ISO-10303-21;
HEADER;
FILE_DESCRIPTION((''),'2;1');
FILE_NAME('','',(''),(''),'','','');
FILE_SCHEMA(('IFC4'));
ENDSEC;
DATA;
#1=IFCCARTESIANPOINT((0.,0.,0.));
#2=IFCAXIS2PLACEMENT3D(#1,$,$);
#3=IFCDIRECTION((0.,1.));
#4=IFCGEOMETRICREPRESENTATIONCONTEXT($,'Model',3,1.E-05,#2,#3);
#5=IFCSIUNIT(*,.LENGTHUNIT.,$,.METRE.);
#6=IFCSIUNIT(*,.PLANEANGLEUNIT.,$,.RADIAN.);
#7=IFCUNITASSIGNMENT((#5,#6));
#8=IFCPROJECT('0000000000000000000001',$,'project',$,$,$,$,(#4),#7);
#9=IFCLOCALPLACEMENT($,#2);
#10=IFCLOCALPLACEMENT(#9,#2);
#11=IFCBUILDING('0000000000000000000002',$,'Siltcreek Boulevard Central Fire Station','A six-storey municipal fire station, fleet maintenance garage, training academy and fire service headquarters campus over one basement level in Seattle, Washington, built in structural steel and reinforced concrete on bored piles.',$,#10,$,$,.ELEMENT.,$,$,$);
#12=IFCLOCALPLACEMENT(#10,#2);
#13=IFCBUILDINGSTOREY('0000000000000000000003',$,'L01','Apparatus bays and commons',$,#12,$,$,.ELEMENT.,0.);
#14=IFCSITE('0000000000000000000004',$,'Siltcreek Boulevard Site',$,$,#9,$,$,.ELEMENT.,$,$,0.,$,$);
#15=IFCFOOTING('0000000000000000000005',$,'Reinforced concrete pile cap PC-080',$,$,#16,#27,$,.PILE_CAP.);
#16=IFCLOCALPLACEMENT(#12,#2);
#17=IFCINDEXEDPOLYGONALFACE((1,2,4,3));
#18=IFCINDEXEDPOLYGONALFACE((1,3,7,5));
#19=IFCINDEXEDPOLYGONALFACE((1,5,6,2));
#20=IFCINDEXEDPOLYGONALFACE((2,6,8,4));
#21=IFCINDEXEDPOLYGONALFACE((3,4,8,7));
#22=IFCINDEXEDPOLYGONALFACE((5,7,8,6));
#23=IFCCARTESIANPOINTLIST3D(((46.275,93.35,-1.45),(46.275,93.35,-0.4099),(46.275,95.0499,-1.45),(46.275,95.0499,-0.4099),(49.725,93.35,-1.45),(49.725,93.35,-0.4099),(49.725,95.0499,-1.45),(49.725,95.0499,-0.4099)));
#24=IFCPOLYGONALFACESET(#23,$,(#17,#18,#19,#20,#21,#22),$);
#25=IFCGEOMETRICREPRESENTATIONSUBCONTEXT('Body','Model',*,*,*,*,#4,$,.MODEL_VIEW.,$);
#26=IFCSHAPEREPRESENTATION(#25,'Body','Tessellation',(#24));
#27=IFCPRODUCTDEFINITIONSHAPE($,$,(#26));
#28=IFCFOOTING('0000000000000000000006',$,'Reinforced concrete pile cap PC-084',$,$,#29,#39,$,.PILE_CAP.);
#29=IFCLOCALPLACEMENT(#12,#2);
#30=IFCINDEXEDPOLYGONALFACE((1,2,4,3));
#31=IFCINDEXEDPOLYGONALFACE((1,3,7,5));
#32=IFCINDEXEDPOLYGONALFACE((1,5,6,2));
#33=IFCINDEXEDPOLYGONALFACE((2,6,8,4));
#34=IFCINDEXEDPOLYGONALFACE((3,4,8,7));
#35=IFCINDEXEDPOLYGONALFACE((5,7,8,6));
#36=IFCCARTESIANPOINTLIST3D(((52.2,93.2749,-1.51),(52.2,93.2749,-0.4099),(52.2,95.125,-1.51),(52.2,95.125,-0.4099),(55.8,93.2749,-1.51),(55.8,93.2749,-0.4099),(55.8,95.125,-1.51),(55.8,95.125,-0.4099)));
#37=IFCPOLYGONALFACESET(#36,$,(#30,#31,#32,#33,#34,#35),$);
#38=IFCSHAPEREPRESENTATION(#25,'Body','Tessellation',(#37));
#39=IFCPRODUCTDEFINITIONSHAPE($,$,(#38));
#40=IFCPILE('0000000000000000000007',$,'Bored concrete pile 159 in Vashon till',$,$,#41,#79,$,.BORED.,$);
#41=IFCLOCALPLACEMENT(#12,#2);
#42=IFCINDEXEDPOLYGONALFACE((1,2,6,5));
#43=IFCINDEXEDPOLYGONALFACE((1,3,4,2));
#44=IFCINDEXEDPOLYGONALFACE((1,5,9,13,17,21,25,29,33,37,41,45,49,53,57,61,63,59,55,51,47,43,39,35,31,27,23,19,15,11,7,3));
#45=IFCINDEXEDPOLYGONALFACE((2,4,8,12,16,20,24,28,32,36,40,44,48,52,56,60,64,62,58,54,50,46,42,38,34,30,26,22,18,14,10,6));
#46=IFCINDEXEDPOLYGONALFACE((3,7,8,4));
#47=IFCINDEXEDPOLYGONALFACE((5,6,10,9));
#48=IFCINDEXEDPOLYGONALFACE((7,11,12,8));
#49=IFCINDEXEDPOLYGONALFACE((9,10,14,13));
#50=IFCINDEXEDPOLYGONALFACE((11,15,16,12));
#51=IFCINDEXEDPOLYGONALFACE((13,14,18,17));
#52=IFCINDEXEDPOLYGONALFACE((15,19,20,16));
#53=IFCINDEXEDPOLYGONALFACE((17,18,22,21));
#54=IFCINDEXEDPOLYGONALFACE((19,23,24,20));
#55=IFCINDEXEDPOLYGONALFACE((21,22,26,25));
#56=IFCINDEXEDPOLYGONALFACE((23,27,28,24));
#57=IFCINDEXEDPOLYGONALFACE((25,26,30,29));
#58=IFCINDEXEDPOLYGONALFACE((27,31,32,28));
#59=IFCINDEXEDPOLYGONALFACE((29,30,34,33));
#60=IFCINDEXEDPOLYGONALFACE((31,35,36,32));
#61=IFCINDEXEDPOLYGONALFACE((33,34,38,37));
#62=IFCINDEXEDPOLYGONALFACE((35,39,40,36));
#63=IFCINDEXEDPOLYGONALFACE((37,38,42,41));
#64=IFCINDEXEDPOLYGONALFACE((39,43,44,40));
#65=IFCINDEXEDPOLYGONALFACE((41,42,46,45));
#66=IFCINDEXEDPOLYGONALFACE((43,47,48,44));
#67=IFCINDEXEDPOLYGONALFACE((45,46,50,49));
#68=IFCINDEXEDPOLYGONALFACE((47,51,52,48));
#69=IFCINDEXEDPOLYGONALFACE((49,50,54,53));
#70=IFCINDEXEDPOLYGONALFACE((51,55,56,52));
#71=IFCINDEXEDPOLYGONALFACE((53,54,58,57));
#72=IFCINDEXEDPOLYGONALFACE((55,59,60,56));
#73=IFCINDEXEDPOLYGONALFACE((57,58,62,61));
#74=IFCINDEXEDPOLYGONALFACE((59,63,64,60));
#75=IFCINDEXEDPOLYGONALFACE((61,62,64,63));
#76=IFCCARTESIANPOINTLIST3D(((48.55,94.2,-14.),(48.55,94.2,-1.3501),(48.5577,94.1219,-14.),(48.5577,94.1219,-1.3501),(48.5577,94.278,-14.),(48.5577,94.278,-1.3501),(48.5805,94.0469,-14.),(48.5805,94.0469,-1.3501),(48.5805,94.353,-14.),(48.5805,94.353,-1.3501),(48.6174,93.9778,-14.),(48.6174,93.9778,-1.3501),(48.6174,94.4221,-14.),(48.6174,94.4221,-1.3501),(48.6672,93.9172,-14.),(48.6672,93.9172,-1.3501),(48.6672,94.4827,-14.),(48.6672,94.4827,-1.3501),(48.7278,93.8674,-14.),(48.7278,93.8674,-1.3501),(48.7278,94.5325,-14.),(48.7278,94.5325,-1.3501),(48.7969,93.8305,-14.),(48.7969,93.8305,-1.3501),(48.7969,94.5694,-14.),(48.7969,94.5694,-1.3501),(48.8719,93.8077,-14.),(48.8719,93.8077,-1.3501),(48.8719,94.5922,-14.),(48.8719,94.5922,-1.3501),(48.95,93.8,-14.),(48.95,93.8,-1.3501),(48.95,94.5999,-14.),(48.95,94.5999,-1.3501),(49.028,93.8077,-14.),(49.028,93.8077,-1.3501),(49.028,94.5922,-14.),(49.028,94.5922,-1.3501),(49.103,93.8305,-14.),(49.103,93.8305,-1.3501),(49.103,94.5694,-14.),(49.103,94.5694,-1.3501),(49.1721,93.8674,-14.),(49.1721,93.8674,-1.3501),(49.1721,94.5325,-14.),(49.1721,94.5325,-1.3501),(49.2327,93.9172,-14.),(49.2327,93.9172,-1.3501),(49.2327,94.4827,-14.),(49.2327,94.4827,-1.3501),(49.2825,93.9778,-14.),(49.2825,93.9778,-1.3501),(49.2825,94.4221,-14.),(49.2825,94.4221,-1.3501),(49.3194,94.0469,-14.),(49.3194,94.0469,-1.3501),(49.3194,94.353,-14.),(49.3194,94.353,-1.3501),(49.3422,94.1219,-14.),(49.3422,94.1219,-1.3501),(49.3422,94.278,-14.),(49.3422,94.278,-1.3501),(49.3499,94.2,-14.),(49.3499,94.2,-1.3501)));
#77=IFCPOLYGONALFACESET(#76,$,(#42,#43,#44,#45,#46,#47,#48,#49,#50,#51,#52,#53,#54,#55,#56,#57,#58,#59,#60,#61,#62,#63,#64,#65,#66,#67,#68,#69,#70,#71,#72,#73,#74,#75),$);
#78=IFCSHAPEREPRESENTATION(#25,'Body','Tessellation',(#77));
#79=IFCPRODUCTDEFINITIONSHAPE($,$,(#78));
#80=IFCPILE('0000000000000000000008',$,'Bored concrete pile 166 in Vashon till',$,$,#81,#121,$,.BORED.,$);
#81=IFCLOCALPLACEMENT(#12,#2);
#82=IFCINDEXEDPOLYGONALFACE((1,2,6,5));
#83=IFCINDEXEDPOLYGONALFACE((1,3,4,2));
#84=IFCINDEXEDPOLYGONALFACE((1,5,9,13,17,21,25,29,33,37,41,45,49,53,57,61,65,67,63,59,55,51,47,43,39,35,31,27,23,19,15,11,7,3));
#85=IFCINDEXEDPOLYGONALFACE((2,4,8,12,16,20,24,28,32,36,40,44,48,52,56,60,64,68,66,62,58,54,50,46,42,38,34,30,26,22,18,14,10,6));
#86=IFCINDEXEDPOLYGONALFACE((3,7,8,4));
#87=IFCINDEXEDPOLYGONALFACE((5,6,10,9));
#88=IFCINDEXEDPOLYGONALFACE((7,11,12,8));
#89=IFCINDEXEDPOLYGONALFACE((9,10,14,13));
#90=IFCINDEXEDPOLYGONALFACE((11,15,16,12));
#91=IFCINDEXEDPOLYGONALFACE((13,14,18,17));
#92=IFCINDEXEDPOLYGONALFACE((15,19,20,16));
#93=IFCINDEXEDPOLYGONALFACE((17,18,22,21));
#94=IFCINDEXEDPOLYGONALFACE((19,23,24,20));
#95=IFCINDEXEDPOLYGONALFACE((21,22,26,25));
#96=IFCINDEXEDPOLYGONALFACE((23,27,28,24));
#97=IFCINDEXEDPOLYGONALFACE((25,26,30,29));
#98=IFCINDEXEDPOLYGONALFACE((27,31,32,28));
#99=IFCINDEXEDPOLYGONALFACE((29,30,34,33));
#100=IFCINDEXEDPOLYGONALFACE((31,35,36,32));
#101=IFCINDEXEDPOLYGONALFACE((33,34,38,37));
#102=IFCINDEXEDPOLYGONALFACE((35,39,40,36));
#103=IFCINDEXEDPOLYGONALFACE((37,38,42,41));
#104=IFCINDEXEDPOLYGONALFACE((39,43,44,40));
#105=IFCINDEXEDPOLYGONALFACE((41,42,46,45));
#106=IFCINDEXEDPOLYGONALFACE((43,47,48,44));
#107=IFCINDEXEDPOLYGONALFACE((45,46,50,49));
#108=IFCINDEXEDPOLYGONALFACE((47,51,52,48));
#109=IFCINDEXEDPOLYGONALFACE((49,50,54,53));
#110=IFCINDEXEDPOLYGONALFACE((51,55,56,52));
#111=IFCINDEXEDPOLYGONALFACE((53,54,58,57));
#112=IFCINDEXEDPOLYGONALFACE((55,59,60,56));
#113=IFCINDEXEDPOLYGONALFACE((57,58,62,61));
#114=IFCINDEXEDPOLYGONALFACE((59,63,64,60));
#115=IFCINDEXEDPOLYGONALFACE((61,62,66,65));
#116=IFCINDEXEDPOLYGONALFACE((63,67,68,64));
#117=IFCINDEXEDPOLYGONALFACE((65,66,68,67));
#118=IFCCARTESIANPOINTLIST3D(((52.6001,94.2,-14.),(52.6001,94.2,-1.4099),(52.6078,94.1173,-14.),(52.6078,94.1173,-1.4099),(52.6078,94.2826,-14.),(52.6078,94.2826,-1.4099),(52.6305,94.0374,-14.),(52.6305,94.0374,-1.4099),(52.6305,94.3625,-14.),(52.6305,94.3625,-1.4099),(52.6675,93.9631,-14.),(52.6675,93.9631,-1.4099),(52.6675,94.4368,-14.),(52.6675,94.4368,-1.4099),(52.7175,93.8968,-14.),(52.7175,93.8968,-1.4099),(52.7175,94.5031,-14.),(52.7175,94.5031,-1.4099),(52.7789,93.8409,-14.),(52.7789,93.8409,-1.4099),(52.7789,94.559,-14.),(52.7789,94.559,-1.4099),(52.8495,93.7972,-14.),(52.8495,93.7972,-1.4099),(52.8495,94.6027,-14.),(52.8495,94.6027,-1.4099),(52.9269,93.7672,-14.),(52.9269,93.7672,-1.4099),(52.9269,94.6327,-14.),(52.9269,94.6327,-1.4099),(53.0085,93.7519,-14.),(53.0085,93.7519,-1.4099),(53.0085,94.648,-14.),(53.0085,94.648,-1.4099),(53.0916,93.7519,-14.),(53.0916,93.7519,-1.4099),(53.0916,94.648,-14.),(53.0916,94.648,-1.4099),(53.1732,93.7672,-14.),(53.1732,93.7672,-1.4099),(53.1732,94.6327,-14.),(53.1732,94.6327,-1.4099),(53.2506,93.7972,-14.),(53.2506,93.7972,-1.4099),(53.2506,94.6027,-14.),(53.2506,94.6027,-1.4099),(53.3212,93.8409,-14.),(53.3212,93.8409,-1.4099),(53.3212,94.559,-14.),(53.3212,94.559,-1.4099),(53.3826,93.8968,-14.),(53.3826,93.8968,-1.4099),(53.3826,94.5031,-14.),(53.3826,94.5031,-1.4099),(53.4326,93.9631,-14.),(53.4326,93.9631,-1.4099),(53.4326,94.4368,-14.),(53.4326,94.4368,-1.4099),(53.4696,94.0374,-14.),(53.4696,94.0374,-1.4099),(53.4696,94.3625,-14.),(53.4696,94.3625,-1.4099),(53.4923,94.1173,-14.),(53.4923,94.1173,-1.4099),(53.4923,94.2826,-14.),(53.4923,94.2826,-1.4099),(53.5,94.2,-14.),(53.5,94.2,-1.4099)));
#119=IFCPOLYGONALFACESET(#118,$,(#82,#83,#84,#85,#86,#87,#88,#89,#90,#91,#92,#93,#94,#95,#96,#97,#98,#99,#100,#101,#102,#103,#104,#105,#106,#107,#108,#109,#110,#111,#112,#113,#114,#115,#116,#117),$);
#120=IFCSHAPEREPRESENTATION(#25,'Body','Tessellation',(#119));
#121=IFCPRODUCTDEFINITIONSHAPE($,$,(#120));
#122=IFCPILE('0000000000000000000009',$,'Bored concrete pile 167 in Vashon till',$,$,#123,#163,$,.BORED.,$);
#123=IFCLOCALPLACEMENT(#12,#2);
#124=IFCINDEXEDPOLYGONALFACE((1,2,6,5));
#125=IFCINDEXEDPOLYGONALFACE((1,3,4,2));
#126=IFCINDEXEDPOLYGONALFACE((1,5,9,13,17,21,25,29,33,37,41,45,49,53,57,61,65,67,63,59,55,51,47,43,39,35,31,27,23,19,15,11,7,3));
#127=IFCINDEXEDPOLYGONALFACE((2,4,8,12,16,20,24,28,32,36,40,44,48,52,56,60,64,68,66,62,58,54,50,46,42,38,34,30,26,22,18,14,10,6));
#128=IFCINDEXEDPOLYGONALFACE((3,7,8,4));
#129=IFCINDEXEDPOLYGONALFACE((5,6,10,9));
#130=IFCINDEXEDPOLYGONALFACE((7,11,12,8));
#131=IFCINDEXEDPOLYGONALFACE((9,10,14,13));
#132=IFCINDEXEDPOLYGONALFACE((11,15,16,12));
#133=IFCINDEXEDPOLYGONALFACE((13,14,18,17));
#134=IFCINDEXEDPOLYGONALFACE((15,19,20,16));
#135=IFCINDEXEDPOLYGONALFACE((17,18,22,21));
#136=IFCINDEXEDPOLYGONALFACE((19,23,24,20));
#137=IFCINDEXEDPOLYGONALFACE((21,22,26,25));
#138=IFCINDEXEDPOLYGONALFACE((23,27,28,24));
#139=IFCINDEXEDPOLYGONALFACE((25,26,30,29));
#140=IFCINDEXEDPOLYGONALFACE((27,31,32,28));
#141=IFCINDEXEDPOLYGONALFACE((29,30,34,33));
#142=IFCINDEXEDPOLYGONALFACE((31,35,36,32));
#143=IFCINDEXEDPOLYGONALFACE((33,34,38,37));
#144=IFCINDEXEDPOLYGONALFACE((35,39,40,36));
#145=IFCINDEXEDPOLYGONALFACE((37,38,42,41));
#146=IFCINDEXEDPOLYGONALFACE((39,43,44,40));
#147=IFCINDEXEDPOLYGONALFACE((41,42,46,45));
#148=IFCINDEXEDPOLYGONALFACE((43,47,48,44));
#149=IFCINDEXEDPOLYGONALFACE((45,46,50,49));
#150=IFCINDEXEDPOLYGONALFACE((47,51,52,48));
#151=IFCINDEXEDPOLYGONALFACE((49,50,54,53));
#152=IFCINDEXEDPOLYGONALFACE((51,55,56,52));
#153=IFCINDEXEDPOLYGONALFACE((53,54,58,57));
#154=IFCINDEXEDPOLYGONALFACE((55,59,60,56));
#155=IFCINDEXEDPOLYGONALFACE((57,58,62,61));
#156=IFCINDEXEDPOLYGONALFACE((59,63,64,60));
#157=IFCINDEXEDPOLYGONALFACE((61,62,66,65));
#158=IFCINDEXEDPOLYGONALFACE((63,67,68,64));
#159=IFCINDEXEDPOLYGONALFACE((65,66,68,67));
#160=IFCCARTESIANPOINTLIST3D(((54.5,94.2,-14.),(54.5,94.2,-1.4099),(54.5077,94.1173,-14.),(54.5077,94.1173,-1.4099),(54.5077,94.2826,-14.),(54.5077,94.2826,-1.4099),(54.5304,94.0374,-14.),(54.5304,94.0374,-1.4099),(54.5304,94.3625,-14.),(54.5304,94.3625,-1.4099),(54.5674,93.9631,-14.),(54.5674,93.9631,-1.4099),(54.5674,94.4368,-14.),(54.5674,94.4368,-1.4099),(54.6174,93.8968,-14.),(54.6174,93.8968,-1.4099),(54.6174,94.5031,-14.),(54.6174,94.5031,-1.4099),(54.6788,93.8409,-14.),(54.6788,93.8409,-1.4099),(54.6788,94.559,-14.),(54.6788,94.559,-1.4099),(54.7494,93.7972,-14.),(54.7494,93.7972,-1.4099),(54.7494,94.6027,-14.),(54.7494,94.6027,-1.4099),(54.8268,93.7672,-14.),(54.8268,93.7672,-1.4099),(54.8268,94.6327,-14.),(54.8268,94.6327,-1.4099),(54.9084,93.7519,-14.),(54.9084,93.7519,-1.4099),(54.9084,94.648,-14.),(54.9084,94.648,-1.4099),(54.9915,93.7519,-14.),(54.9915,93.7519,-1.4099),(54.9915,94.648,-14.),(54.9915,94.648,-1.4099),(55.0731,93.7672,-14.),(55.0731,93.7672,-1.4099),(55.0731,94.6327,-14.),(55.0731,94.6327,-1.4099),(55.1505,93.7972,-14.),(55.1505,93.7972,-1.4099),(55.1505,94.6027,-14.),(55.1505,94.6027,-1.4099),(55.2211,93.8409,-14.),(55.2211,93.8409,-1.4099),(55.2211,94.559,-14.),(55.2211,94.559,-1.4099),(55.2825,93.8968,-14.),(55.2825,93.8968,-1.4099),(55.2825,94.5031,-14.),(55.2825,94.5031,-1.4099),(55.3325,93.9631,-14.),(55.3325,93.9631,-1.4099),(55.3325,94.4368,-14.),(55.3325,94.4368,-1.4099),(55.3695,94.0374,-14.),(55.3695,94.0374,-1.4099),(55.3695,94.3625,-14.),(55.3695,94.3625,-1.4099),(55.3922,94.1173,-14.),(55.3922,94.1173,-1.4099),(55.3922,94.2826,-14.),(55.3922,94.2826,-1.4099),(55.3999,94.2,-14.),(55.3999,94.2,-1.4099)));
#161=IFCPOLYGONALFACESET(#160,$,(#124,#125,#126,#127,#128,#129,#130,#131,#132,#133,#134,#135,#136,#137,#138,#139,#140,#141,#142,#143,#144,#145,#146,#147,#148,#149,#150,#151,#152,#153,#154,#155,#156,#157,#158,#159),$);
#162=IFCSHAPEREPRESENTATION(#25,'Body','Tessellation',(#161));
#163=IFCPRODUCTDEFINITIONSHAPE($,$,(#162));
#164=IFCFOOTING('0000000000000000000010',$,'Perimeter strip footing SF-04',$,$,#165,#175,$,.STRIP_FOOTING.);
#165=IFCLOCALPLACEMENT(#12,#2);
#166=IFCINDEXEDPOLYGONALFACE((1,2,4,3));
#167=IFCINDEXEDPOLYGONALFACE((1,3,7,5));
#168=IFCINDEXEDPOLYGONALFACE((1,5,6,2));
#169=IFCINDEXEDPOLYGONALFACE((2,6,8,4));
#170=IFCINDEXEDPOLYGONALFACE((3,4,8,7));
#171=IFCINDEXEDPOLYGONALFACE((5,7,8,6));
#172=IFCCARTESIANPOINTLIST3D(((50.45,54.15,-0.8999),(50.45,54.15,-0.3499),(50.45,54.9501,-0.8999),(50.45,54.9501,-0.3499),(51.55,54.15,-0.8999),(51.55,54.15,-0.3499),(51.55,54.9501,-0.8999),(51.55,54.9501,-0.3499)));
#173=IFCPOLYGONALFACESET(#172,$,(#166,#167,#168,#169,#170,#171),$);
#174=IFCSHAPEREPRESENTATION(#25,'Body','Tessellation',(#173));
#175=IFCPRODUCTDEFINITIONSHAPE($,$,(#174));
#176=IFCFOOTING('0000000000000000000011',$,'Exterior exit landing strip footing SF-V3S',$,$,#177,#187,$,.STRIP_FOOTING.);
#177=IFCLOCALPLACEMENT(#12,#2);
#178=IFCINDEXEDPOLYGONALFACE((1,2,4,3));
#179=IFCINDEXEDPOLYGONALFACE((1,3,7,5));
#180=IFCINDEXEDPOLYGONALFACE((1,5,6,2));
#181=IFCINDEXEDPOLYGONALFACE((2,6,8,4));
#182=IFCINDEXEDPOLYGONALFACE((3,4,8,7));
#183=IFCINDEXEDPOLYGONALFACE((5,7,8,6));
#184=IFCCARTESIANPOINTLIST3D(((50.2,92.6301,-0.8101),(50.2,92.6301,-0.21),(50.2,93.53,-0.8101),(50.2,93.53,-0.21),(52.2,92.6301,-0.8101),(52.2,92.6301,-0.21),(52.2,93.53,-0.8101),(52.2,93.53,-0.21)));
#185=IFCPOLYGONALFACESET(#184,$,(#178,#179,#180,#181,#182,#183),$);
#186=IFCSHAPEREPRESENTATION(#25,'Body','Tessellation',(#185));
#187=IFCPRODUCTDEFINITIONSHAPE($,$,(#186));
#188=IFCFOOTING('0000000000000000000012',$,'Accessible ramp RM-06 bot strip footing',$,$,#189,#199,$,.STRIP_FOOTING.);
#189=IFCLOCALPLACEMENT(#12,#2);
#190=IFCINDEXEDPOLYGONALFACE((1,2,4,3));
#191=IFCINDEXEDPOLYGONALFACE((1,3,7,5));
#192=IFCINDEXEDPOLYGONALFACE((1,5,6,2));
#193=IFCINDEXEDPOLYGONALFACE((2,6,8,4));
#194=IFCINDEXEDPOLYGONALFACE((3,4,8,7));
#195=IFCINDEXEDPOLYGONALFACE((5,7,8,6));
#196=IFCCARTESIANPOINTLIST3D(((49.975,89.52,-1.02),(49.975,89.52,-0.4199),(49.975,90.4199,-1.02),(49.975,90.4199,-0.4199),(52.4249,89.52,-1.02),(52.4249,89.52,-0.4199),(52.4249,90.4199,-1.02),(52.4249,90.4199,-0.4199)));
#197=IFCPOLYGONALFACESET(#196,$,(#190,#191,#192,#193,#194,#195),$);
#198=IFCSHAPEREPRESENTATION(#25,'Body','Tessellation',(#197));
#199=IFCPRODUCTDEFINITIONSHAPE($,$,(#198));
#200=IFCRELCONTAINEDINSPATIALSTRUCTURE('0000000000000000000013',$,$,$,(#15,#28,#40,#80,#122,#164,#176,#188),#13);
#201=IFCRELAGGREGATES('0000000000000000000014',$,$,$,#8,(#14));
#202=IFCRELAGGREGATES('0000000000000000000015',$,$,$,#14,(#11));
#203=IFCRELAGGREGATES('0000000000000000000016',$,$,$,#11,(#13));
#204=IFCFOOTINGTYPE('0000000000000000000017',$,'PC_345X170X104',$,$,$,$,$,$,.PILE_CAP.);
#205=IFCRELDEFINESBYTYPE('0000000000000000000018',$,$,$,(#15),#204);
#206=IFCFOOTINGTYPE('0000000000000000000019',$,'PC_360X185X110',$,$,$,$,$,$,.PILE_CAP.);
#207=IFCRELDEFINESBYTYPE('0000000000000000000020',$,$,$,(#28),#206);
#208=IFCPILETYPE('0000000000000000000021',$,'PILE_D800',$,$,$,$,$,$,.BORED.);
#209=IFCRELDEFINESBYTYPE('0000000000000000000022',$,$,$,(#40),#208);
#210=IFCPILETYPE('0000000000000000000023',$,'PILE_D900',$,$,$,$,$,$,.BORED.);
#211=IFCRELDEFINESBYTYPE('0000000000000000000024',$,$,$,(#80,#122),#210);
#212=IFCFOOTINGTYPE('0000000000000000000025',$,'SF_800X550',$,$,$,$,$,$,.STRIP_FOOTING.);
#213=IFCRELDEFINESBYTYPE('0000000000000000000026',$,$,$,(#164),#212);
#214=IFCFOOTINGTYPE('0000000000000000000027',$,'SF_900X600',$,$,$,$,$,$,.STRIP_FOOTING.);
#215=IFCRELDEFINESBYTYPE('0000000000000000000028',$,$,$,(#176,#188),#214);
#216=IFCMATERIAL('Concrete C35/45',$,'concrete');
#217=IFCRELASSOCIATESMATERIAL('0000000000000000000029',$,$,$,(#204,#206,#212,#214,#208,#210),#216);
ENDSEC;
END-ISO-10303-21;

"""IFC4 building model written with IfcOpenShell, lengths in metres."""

from ifc_helpers import new_model, si_unit, direction, frame, origin, origin_2d, place, context, subcontext, project, spatial, rectangle, circle, extrude, material, material_profile, profile_set, type_object, element, save


model = new_model("IFC4")

# Units and contexts
model_context = context("Model", 3, precision=1e-05, world=origin(), true_north=direction((0.0, 1.0)))
body_context = subcontext(model_context, "Body", "Model", "MODEL_VIEW")
ifc_project = project(units=[si_unit("LENGTHUNIT", "METRE"), si_unit("PLANEANGLEUNIT", "RADIAN")], contexts=[model_context])

# Site, building, storey
site_placement = place(None, origin())
site = spatial("IfcSite", under=ifc_project, at=site_placement, Name="Siltcreek Boulevard Site", CompositionType="ELEMENT", RefElevation=0.0)
building_placement = place(site_placement, origin())
building = spatial("IfcBuilding", under=site, at=building_placement, Name="Siltcreek Boulevard Central Fire Station", Description="A six-storey municipal fire station, fleet maintenance garage, training academy and fire service headquarters campus over one basement level in Seattle, Washington, built in structural steel and reinforced concrete on bored piles.", CompositionType="ELEMENT")
storey_placement = place(building_placement, origin())
storey = spatial("IfcBuildingStorey", under=building, at=storey_placement, Name="L01", Description="Apparatus bays and commons", CompositionType="ELEMENT", Elevation=0.0)

# Footings
ifc_material_1 = material(Name="Concrete C35/45", Category="concrete")
footing_type_1 = type_object("IfcFootingType", Name="PC_345X170X104", PredefinedType="PILE_CAP", material=ifc_material_1)
footing_1_placement = place(storey_placement, frame((48.0, 94.2, -1.45), z_axis=(0.0, 0.0, 1.0), x_axis=(1.0, 0.0, 0.0)))
element("IfcFooting", 1, at=footing_1_placement, inside=storey, type_object=footing_type_1, Name="Reinforced concrete pile cap PC-080", PredefinedType="PILE_CAP", context=body_context, shape_type="SweptSolid", body=[
    extrude(rectangle(XDim=3.45, YDim=1.7, at=origin_2d()), origin(), (0.0, 0.0, 1.0), 1.04),
])
footing_type_2 = type_object("IfcFootingType", Name="PC_360X185X110", PredefinedType="PILE_CAP", material=ifc_material_1)
footing_2_placement = place(storey_placement, frame((54.0, 94.2, -1.51), z_axis=(0.0, 0.0, 1.0), x_axis=(1.0, 0.0, 0.0)))
element("IfcFooting", 2, at=footing_2_placement, inside=storey, type_object=footing_type_2, Name="Reinforced concrete pile cap PC-084", PredefinedType="PILE_CAP", context=body_context, shape_type="SweptSolid", body=[
    extrude(rectangle(XDim=3.6001, YDim=1.8501, at=origin_2d()), origin(), (0.0, 0.0, 1.0), 1.1001),
])

# Piles
ifc_material_profile_1 = material_profile(ifc_material_1, circle(Radius=0.3999, at=origin_2d()), Name="SHAFT800")
ifc_profile_set_1 = profile_set([ifc_material_profile_1], Name="Concrete C35/45")
pile_type_1 = type_object("IfcPileType", Name="PILE_D800", PredefinedType="BORED", material=ifc_profile_set_1)
pile_placement = place(storey_placement, frame((48.95, 94.2, -1.3501), z_axis=(0.0, 0.0, -1.0), x_axis=(1.0, 0.0, 0.0)))
element("IfcPile", 3, at=pile_placement, inside=storey, type_object=pile_type_1, Name="Bored concrete pile 159 in Vashon till", PredefinedType="BORED", context=body_context, shape_type="SweptSolid", body=[
    extrude(circle(Radius=0.3999, at=origin_2d()), origin(), (0.0, 0.0, 1.0), 12.6499),
])
ifc_material_profile_2 = material_profile(ifc_material_1, circle(Radius=0.45, at=origin_2d()), Name="SHAFT900")
ifc_profile_set_2 = profile_set([ifc_material_profile_2], Name="Concrete C35/45")
pile_type_2 = type_object("IfcPileType", Name="PILE_D900", PredefinedType="BORED", material=ifc_profile_set_2)
for number, where, z_axis, x_axis, name in (
    (4, (53.05, 94.2, -1.4099), (0.0, 0.0, -1.0), (1.0, 0.0, 0.0), "Bored concrete pile 166 in Vashon till"),
    (5, (54.95, 94.2, -1.4099), (0.0, 0.0, -1.0), (1.0, 0.0, 0.0), "Bored concrete pile 167 in Vashon till"),
):
    element("IfcPile", number, at=place(storey_placement, frame(where, z_axis=z_axis, x_axis=x_axis)), inside=storey, type_object=pile_type_2, Name=name, PredefinedType="BORED", context=body_context, shape_type="SweptSolid", body=[
        extrude(circle(Radius=0.45, at=origin_2d()), origin(), (0.0, 0.0, 1.0), 12.5901),
    ])

# Footings
footing_type_3 = type_object("IfcFootingType", Name="SF_800X550", PredefinedType="STRIP_FOOTING", material=ifc_material_1)
footing_3_placement = place(storey_placement, frame((51.0, 54.55, -0.8999), z_axis=(0.0, 0.0, 1.0), x_axis=(1.0, 0.0, 0.0)))
element("IfcFooting", 6, at=footing_3_placement, inside=storey, type_object=footing_type_3, Name="Perimeter strip footing SF-04", PredefinedType="STRIP_FOOTING", context=body_context, shape_type="SweptSolid", body=[
    extrude(rectangle(XDim=1.1001, YDim=0.8, at=origin_2d()), origin(), (0.0, 0.0, 1.0), 0.55),
])
footing_type_4 = type_object("IfcFootingType", Name="SF_900X600", PredefinedType="STRIP_FOOTING", material=ifc_material_1)
footing_4_placement = place(storey_placement, frame((51.2, 93.0801, -0.8101), z_axis=(0.0, 0.0, 1.0), x_axis=(1.0, 0.0, 0.0)))
element("IfcFooting", 7, at=footing_4_placement, inside=storey, type_object=footing_type_4, Name="Exterior exit landing strip footing SF-V3S", PredefinedType="STRIP_FOOTING", context=body_context, shape_type="SweptSolid", body=[
    extrude(rectangle(XDim=2.0, YDim=0.8999, at=origin_2d()), origin(), (0.0, 0.0, 1.0), 0.6001),
])
for number, where, z_axis, x_axis, name in (
    (8, (51.2, 89.97, -1.02), (0.0, 0.0, 1.0), (0.0, 1.0, 0.0), "Accessible ramp RM-06 bot strip footing"),
):
    element("IfcFooting", number, at=place(storey_placement, frame(where, z_axis=z_axis, x_axis=x_axis)), inside=storey, type_object=footing_type_4, Name=name, PredefinedType="STRIP_FOOTING", context=body_context, shape_type="SweptSolid", body=[
        extrude(rectangle(XDim=0.8999, YDim=2.45, at=origin_2d()), origin(), (0.0, 0.0, 1.0), 0.6001),
    ])

save(model, "model.ifc")
